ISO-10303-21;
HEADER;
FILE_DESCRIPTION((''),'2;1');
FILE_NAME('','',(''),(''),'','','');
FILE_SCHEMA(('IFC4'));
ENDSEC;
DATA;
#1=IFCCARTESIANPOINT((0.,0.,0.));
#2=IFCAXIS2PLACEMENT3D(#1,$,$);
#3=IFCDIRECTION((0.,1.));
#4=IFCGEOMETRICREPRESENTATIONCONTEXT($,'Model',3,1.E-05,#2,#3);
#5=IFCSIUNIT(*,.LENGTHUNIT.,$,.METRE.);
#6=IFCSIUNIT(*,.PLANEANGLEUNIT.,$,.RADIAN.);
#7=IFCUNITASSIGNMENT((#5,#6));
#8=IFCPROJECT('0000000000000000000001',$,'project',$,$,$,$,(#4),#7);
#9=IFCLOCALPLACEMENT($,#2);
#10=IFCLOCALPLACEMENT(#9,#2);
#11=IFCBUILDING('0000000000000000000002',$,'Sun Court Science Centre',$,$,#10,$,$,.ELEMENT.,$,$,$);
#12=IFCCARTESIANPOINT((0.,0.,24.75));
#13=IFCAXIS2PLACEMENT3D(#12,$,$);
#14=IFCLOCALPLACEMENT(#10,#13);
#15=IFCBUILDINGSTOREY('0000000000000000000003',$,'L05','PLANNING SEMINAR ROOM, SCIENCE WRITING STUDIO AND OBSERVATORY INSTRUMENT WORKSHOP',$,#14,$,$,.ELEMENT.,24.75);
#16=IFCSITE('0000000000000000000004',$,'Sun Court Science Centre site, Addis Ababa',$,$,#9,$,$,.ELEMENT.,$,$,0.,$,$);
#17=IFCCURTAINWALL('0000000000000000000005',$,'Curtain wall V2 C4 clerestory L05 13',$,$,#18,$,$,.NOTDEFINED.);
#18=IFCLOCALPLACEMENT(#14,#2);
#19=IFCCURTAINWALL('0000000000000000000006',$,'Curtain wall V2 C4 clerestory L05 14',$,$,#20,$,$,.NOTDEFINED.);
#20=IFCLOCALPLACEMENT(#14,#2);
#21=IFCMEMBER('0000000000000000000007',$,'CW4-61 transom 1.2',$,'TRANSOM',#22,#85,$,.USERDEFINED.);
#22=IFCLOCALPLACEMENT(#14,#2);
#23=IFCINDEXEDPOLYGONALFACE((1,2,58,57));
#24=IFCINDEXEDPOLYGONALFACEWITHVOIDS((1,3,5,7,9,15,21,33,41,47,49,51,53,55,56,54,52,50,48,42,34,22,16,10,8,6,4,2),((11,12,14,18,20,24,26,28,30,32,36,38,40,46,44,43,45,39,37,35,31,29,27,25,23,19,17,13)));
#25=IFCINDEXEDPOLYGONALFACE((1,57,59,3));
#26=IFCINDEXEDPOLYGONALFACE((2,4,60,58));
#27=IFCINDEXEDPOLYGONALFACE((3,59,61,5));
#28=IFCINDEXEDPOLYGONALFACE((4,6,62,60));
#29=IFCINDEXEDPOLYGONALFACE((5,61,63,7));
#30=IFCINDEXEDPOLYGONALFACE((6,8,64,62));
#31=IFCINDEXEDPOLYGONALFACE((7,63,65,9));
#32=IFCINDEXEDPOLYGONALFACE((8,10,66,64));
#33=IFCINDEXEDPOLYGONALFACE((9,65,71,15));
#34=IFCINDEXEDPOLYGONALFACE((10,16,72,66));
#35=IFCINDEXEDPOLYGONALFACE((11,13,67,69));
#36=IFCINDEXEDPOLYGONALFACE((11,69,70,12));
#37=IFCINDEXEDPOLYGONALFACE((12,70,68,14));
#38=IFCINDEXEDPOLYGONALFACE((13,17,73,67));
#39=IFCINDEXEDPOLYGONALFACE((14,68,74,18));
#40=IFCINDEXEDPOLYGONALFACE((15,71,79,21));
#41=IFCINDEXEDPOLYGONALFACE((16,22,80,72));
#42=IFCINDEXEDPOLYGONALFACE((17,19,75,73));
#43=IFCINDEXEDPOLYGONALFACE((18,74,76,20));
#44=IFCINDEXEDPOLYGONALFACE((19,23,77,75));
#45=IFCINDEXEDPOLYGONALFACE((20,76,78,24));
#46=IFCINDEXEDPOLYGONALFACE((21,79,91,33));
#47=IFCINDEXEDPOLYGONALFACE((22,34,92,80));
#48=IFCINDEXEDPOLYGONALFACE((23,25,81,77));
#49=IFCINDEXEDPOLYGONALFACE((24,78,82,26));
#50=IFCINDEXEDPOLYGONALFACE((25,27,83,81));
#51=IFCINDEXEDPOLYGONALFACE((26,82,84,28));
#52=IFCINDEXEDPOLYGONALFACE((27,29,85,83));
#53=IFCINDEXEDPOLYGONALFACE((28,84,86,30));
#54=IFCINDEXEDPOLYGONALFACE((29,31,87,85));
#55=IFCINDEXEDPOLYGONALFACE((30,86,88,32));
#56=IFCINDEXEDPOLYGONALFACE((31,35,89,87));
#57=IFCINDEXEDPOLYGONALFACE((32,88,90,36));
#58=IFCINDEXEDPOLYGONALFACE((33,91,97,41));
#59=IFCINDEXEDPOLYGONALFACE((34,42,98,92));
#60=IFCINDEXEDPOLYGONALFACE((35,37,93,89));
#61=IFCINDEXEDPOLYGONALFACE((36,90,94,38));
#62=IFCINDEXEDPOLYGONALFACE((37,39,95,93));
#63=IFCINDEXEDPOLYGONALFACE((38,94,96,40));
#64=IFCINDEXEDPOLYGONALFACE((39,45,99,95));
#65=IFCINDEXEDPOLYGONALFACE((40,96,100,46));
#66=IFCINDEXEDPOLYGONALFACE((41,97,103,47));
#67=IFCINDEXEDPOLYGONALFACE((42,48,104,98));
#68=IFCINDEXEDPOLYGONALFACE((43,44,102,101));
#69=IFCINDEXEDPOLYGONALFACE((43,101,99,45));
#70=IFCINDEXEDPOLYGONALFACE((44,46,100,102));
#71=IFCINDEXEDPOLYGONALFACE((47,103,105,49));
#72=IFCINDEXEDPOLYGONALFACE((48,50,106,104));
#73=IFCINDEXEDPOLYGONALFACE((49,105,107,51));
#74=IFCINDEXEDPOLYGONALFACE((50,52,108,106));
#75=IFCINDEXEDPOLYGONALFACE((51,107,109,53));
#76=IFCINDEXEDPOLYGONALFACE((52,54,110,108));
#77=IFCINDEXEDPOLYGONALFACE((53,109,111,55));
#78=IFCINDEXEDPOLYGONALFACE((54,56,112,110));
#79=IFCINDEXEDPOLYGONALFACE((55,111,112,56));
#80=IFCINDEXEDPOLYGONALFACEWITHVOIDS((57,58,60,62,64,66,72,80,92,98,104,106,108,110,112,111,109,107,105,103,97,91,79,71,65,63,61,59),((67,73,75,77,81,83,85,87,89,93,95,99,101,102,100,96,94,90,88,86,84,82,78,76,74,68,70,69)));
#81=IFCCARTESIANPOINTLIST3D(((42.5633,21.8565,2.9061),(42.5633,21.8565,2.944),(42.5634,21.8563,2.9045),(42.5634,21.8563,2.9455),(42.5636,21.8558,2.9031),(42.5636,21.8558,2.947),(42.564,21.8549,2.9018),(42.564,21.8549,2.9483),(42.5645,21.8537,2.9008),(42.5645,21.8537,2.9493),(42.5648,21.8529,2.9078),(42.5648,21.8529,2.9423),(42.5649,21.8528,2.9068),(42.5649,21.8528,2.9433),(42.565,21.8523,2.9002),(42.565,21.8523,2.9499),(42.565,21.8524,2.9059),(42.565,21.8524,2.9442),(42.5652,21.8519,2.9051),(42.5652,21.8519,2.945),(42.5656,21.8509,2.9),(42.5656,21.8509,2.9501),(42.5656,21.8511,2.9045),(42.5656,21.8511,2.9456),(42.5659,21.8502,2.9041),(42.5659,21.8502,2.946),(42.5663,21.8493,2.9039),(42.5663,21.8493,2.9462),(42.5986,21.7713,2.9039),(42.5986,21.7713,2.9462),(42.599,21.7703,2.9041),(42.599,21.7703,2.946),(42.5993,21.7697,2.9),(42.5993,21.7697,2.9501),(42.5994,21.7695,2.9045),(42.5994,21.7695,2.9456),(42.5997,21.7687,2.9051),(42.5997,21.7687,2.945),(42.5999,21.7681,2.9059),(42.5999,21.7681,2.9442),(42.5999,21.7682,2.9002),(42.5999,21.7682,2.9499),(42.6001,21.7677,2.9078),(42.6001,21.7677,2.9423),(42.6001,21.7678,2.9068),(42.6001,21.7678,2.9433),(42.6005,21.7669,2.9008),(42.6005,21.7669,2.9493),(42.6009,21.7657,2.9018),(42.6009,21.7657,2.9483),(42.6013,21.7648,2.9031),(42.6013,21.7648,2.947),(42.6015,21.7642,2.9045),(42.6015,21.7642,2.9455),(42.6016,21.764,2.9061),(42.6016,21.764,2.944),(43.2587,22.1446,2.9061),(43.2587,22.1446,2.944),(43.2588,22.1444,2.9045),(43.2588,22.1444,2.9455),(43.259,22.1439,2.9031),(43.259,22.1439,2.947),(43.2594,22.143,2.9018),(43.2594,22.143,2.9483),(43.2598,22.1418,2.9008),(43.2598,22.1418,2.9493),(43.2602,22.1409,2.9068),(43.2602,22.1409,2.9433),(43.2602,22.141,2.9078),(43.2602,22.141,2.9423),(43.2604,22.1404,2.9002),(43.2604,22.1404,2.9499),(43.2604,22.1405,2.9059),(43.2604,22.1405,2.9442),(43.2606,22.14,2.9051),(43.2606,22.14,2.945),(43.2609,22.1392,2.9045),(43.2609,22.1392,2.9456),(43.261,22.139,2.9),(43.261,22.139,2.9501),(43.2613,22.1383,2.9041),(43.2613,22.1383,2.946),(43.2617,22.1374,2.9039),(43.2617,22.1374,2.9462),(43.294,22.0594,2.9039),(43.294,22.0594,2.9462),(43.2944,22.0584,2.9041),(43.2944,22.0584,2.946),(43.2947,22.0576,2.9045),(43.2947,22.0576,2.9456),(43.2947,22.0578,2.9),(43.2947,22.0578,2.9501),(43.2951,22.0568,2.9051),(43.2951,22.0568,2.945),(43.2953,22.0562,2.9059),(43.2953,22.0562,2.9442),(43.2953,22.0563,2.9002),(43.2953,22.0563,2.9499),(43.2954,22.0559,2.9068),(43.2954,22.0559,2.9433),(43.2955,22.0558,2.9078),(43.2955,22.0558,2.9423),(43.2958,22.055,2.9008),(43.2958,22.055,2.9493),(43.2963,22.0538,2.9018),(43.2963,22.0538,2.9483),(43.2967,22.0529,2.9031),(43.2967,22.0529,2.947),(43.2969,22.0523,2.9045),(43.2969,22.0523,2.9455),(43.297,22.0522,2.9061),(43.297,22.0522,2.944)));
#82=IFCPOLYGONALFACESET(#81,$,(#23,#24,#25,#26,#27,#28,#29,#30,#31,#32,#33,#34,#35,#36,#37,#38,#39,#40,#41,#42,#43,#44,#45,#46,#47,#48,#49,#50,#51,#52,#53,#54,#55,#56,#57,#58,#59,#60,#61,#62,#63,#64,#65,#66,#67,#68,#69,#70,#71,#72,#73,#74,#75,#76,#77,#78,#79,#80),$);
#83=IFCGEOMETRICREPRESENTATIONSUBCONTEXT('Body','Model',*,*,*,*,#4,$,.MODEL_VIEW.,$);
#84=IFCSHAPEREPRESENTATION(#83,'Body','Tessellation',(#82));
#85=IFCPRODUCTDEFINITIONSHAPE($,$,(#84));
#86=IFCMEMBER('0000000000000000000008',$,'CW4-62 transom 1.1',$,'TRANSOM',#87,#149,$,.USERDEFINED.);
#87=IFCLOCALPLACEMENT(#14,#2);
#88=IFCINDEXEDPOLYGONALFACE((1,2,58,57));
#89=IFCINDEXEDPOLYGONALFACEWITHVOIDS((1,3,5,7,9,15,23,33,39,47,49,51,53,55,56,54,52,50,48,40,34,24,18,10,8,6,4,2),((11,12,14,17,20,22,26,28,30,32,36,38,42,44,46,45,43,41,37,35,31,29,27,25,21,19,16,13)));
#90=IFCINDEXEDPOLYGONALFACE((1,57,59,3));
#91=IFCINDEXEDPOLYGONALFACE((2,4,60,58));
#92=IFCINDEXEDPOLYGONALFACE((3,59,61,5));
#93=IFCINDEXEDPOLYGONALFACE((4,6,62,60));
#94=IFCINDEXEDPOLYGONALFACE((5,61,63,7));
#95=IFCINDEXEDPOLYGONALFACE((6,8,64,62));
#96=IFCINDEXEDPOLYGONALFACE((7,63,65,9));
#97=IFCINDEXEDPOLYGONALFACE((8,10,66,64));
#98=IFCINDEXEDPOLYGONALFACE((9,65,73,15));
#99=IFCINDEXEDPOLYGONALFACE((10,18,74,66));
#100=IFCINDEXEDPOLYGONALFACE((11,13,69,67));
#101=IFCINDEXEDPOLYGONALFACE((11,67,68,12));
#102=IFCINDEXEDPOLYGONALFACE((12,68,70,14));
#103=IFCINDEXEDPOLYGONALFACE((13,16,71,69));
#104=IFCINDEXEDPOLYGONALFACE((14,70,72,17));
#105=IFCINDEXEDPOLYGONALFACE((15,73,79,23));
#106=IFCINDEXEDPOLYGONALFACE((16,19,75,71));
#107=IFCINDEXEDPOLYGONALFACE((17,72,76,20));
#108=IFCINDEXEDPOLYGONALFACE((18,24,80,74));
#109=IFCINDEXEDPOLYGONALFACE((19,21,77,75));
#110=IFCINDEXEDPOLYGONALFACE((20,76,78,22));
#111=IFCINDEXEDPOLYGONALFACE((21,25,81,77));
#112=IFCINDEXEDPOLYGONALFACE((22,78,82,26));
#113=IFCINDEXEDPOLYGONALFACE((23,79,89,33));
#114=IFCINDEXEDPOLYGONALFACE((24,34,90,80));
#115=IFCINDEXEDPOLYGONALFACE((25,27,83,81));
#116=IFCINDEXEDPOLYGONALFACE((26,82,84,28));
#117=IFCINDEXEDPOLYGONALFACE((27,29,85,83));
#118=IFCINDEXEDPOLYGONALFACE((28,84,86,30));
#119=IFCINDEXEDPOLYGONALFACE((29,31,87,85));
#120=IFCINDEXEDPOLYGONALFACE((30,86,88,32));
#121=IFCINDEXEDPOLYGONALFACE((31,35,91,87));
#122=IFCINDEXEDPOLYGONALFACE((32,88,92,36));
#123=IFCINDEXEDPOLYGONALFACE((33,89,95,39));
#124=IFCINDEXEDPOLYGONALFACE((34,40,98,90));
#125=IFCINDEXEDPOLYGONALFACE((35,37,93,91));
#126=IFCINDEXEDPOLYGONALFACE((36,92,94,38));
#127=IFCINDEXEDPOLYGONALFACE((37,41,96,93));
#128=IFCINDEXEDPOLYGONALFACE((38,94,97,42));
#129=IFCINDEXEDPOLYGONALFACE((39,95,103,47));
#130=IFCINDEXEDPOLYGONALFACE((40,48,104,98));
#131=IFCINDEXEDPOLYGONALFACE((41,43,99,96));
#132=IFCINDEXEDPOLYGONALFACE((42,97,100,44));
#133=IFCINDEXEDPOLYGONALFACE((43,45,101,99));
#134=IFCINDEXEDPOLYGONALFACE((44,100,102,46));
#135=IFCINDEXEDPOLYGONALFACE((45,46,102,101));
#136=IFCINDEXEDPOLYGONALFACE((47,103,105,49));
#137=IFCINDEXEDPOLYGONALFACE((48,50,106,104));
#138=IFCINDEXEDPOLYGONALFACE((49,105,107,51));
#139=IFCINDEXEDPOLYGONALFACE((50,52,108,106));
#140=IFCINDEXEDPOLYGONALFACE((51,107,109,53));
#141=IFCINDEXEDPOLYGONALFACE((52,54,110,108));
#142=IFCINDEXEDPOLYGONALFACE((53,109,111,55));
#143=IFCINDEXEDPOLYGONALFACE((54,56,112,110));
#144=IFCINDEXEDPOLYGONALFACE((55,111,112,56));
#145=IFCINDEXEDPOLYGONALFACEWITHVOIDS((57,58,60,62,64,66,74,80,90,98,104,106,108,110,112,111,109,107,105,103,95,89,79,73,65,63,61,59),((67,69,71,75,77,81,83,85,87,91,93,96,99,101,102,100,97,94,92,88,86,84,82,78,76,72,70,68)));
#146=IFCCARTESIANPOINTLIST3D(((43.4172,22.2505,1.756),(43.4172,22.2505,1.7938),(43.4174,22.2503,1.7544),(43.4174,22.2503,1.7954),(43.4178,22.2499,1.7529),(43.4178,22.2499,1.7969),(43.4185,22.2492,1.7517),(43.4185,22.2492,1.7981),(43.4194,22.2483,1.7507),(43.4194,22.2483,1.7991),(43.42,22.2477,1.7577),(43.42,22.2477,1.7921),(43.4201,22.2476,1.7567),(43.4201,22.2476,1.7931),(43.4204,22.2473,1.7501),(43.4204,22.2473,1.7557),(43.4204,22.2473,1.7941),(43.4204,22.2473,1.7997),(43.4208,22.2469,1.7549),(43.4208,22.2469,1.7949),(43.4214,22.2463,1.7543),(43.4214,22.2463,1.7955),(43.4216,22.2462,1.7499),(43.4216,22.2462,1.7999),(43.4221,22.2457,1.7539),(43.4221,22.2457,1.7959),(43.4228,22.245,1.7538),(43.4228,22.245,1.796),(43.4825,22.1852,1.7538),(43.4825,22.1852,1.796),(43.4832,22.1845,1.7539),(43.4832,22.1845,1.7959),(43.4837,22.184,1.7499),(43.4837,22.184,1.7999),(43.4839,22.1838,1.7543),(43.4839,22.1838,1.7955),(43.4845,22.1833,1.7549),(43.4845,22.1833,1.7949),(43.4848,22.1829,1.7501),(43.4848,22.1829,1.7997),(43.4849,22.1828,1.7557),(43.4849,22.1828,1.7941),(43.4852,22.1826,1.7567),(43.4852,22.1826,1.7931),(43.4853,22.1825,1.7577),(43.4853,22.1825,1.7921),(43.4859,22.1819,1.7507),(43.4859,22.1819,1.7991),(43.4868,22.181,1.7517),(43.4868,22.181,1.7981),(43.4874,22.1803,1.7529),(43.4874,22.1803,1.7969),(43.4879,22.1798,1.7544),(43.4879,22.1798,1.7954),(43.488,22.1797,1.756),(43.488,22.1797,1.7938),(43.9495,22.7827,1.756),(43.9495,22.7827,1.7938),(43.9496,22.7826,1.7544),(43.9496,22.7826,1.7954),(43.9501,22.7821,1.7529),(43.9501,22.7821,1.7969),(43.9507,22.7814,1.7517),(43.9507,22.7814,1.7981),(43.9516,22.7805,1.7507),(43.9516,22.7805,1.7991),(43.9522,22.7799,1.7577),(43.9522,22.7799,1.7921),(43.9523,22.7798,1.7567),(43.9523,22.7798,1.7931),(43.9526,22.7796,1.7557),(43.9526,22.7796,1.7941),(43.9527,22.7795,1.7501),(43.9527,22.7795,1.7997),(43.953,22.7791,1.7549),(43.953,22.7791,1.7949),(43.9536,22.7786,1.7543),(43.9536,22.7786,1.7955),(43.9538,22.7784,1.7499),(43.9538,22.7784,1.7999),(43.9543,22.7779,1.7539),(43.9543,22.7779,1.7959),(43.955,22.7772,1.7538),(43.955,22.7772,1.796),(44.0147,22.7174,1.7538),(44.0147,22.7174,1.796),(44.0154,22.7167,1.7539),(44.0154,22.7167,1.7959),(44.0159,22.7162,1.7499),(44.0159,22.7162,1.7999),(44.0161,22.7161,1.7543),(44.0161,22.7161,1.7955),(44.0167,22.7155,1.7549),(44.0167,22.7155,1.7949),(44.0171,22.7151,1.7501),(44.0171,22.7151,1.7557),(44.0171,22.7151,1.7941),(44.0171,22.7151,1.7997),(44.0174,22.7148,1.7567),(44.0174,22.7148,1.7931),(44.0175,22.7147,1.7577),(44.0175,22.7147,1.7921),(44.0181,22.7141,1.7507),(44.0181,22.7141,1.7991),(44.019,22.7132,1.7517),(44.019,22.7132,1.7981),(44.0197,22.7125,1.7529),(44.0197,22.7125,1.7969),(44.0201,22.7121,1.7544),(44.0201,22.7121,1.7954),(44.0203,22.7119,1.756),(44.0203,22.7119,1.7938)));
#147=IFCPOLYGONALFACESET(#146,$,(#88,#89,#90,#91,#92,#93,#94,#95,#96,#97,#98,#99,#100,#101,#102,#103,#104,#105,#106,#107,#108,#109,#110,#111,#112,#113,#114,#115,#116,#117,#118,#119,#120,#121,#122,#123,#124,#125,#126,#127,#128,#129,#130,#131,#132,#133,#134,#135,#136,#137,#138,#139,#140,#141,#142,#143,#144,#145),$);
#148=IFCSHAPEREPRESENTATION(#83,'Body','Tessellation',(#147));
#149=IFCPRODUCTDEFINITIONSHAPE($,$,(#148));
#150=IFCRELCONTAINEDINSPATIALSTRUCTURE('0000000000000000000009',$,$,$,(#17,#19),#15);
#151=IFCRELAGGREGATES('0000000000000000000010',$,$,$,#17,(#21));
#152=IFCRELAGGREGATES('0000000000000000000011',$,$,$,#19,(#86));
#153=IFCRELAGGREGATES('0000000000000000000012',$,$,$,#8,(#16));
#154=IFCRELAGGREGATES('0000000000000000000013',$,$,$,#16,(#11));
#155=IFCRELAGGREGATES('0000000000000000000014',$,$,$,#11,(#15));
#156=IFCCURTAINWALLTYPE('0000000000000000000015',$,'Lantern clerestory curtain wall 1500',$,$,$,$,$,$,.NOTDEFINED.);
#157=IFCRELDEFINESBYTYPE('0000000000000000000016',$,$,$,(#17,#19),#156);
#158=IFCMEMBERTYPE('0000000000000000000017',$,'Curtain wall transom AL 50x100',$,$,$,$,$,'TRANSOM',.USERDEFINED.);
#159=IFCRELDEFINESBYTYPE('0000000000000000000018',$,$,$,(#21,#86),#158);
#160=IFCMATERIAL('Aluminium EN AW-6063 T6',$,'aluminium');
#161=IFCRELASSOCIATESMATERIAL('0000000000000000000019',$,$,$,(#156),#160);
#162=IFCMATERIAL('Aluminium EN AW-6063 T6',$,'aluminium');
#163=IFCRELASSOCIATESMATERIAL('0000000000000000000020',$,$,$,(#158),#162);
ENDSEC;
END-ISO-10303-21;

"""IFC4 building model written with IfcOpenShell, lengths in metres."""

from ifc_helpers import new_model, si_unit, direction, frame, origin, origin_2d, place, context, subcontext, project, spatial, hollow_rectangle, extrude, material, material_profile, profile_set, type_object, element, aggregate, save


model = new_model("IFC4")

# Units and contexts
model_context = context("Model", 3, precision=1e-05, world=origin(), true_north=direction((0.0, 1.0)))
body_context = subcontext(model_context, "Body", "Model", "MODEL_VIEW")
ifc_project = project(units=[si_unit("LENGTHUNIT", "METRE"), si_unit("PLANEANGLEUNIT", "RADIAN")], contexts=[model_context])

# Site, building, storey
site_placement = place(None, origin())
site = spatial("IfcSite", under=ifc_project, at=site_placement, Name="Sun Court Science Centre site, Addis Ababa", CompositionType="ELEMENT", RefElevation=0.0)
building_placement = place(site_placement, origin())
building = spatial("IfcBuilding", under=site, at=building_placement, Name="Sun Court Science Centre", CompositionType="ELEMENT")
storey_placement = place(building_placement, frame((0.0, 0.0, 24.75)))
storey = spatial("IfcBuildingStorey", under=building, at=storey_placement, Name="L05", Description="PLANNING SEMINAR ROOM, SCIENCE WRITING STUDIO AND OBSERVATORY INSTRUMENT WORKSHOP", CompositionType="ELEMENT", Elevation=24.75)

# Curtain wall
ifc_material_1 = material(Name="Aluminium EN AW-6063 T6", Category="aluminium")
curtain_wall_type = type_object("IfcCurtainWallType", Name="Lantern clerestory curtain wall 1500", PredefinedType="NOTDEFINED", material=ifc_material_1)
curtain_wall_1_placement = place(storey_placement, origin())
curtain_wall_1 = element("IfcCurtainWall", 1, at=curtain_wall_1_placement, inside=storey, type_object=curtain_wall_type, Name="Curtain wall V2 C4 clerestory L05 13", PredefinedType="NOTDEFINED")

# Curtain wall
curtain_wall_2_placement = place(storey_placement, origin())
curtain_wall_2 = element("IfcCurtainWall", 2, at=curtain_wall_2_placement, inside=storey, type_object=curtain_wall_type, Name="Curtain wall V2 C4 clerestory L05 14", PredefinedType="NOTDEFINED")

# Members
ifc_material_2 = material(Name="Aluminium EN AW-6063 T6", Category="aluminium")
ifc_material_profile_1 = material_profile(ifc_material_2, hollow_rectangle(XDim=0.05, YDim=0.1001, WallThickness=0.0039, InnerFilletRadius=0.0039, OuterFilletRadius=0.0061, at=origin_2d()), Name="AL 50x100x4")
ifc_profile_set_1 = profile_set([ifc_material_profile_1], Name="Aluminium EN AW-6063 T6")
member_type_1 = type_object("IfcMemberType", Name="Curtain wall transom AL 50x100", ElementType="TRANSOM", PredefinedType="USERDEFINED", material=ifc_profile_set_1)
member_1_placement = place(storey_placement, frame((43.2778, 22.0984, 2.925), z_axis=(-0.923843, -0.382772, 0.0), x_axis=(0.0, 0.0, 1.0)))
member_1 = element("IfcMember", 3, at=member_1_placement, type_object=member_type_1, Name="CW4-61 transom 1.2", ObjectType="TRANSOM", PredefinedType="USERDEFINED", context=body_context, shape_type="SweptSolid", body=[
    extrude(hollow_rectangle(XDim=0.05, YDim=0.1001, WallThickness=0.0039, InnerFilletRadius=0.0039, OuterFilletRadius=0.0061, at=origin_2d()), origin(), (0.0, 0.0, 1.0), 0.7527),
])
aggregate(curtain_wall_1, [member_1])
member_2_placement = place(storey_placement, frame((43.9849, 22.7473, 1.7749), z_axis=(-0.707107, -0.707107, 0.0), x_axis=(0.0, 0.0, 1.0)))
member_2 = element("IfcMember", 4, at=member_2_placement, type_object=member_type_1, Name="CW4-62 transom 1.1", ObjectType="TRANSOM", PredefinedType="USERDEFINED", context=body_context, shape_type="SweptSolid", body=[
    extrude(hollow_rectangle(XDim=0.05, YDim=0.1001, WallThickness=0.0039, InnerFilletRadius=0.0039, OuterFilletRadius=0.0061, at=origin_2d()), origin(), (0.0, 0.0, 1.0), 0.7527),
])

aggregate(curtain_wall_2, [member_2])

save(model, "model.ifc")
